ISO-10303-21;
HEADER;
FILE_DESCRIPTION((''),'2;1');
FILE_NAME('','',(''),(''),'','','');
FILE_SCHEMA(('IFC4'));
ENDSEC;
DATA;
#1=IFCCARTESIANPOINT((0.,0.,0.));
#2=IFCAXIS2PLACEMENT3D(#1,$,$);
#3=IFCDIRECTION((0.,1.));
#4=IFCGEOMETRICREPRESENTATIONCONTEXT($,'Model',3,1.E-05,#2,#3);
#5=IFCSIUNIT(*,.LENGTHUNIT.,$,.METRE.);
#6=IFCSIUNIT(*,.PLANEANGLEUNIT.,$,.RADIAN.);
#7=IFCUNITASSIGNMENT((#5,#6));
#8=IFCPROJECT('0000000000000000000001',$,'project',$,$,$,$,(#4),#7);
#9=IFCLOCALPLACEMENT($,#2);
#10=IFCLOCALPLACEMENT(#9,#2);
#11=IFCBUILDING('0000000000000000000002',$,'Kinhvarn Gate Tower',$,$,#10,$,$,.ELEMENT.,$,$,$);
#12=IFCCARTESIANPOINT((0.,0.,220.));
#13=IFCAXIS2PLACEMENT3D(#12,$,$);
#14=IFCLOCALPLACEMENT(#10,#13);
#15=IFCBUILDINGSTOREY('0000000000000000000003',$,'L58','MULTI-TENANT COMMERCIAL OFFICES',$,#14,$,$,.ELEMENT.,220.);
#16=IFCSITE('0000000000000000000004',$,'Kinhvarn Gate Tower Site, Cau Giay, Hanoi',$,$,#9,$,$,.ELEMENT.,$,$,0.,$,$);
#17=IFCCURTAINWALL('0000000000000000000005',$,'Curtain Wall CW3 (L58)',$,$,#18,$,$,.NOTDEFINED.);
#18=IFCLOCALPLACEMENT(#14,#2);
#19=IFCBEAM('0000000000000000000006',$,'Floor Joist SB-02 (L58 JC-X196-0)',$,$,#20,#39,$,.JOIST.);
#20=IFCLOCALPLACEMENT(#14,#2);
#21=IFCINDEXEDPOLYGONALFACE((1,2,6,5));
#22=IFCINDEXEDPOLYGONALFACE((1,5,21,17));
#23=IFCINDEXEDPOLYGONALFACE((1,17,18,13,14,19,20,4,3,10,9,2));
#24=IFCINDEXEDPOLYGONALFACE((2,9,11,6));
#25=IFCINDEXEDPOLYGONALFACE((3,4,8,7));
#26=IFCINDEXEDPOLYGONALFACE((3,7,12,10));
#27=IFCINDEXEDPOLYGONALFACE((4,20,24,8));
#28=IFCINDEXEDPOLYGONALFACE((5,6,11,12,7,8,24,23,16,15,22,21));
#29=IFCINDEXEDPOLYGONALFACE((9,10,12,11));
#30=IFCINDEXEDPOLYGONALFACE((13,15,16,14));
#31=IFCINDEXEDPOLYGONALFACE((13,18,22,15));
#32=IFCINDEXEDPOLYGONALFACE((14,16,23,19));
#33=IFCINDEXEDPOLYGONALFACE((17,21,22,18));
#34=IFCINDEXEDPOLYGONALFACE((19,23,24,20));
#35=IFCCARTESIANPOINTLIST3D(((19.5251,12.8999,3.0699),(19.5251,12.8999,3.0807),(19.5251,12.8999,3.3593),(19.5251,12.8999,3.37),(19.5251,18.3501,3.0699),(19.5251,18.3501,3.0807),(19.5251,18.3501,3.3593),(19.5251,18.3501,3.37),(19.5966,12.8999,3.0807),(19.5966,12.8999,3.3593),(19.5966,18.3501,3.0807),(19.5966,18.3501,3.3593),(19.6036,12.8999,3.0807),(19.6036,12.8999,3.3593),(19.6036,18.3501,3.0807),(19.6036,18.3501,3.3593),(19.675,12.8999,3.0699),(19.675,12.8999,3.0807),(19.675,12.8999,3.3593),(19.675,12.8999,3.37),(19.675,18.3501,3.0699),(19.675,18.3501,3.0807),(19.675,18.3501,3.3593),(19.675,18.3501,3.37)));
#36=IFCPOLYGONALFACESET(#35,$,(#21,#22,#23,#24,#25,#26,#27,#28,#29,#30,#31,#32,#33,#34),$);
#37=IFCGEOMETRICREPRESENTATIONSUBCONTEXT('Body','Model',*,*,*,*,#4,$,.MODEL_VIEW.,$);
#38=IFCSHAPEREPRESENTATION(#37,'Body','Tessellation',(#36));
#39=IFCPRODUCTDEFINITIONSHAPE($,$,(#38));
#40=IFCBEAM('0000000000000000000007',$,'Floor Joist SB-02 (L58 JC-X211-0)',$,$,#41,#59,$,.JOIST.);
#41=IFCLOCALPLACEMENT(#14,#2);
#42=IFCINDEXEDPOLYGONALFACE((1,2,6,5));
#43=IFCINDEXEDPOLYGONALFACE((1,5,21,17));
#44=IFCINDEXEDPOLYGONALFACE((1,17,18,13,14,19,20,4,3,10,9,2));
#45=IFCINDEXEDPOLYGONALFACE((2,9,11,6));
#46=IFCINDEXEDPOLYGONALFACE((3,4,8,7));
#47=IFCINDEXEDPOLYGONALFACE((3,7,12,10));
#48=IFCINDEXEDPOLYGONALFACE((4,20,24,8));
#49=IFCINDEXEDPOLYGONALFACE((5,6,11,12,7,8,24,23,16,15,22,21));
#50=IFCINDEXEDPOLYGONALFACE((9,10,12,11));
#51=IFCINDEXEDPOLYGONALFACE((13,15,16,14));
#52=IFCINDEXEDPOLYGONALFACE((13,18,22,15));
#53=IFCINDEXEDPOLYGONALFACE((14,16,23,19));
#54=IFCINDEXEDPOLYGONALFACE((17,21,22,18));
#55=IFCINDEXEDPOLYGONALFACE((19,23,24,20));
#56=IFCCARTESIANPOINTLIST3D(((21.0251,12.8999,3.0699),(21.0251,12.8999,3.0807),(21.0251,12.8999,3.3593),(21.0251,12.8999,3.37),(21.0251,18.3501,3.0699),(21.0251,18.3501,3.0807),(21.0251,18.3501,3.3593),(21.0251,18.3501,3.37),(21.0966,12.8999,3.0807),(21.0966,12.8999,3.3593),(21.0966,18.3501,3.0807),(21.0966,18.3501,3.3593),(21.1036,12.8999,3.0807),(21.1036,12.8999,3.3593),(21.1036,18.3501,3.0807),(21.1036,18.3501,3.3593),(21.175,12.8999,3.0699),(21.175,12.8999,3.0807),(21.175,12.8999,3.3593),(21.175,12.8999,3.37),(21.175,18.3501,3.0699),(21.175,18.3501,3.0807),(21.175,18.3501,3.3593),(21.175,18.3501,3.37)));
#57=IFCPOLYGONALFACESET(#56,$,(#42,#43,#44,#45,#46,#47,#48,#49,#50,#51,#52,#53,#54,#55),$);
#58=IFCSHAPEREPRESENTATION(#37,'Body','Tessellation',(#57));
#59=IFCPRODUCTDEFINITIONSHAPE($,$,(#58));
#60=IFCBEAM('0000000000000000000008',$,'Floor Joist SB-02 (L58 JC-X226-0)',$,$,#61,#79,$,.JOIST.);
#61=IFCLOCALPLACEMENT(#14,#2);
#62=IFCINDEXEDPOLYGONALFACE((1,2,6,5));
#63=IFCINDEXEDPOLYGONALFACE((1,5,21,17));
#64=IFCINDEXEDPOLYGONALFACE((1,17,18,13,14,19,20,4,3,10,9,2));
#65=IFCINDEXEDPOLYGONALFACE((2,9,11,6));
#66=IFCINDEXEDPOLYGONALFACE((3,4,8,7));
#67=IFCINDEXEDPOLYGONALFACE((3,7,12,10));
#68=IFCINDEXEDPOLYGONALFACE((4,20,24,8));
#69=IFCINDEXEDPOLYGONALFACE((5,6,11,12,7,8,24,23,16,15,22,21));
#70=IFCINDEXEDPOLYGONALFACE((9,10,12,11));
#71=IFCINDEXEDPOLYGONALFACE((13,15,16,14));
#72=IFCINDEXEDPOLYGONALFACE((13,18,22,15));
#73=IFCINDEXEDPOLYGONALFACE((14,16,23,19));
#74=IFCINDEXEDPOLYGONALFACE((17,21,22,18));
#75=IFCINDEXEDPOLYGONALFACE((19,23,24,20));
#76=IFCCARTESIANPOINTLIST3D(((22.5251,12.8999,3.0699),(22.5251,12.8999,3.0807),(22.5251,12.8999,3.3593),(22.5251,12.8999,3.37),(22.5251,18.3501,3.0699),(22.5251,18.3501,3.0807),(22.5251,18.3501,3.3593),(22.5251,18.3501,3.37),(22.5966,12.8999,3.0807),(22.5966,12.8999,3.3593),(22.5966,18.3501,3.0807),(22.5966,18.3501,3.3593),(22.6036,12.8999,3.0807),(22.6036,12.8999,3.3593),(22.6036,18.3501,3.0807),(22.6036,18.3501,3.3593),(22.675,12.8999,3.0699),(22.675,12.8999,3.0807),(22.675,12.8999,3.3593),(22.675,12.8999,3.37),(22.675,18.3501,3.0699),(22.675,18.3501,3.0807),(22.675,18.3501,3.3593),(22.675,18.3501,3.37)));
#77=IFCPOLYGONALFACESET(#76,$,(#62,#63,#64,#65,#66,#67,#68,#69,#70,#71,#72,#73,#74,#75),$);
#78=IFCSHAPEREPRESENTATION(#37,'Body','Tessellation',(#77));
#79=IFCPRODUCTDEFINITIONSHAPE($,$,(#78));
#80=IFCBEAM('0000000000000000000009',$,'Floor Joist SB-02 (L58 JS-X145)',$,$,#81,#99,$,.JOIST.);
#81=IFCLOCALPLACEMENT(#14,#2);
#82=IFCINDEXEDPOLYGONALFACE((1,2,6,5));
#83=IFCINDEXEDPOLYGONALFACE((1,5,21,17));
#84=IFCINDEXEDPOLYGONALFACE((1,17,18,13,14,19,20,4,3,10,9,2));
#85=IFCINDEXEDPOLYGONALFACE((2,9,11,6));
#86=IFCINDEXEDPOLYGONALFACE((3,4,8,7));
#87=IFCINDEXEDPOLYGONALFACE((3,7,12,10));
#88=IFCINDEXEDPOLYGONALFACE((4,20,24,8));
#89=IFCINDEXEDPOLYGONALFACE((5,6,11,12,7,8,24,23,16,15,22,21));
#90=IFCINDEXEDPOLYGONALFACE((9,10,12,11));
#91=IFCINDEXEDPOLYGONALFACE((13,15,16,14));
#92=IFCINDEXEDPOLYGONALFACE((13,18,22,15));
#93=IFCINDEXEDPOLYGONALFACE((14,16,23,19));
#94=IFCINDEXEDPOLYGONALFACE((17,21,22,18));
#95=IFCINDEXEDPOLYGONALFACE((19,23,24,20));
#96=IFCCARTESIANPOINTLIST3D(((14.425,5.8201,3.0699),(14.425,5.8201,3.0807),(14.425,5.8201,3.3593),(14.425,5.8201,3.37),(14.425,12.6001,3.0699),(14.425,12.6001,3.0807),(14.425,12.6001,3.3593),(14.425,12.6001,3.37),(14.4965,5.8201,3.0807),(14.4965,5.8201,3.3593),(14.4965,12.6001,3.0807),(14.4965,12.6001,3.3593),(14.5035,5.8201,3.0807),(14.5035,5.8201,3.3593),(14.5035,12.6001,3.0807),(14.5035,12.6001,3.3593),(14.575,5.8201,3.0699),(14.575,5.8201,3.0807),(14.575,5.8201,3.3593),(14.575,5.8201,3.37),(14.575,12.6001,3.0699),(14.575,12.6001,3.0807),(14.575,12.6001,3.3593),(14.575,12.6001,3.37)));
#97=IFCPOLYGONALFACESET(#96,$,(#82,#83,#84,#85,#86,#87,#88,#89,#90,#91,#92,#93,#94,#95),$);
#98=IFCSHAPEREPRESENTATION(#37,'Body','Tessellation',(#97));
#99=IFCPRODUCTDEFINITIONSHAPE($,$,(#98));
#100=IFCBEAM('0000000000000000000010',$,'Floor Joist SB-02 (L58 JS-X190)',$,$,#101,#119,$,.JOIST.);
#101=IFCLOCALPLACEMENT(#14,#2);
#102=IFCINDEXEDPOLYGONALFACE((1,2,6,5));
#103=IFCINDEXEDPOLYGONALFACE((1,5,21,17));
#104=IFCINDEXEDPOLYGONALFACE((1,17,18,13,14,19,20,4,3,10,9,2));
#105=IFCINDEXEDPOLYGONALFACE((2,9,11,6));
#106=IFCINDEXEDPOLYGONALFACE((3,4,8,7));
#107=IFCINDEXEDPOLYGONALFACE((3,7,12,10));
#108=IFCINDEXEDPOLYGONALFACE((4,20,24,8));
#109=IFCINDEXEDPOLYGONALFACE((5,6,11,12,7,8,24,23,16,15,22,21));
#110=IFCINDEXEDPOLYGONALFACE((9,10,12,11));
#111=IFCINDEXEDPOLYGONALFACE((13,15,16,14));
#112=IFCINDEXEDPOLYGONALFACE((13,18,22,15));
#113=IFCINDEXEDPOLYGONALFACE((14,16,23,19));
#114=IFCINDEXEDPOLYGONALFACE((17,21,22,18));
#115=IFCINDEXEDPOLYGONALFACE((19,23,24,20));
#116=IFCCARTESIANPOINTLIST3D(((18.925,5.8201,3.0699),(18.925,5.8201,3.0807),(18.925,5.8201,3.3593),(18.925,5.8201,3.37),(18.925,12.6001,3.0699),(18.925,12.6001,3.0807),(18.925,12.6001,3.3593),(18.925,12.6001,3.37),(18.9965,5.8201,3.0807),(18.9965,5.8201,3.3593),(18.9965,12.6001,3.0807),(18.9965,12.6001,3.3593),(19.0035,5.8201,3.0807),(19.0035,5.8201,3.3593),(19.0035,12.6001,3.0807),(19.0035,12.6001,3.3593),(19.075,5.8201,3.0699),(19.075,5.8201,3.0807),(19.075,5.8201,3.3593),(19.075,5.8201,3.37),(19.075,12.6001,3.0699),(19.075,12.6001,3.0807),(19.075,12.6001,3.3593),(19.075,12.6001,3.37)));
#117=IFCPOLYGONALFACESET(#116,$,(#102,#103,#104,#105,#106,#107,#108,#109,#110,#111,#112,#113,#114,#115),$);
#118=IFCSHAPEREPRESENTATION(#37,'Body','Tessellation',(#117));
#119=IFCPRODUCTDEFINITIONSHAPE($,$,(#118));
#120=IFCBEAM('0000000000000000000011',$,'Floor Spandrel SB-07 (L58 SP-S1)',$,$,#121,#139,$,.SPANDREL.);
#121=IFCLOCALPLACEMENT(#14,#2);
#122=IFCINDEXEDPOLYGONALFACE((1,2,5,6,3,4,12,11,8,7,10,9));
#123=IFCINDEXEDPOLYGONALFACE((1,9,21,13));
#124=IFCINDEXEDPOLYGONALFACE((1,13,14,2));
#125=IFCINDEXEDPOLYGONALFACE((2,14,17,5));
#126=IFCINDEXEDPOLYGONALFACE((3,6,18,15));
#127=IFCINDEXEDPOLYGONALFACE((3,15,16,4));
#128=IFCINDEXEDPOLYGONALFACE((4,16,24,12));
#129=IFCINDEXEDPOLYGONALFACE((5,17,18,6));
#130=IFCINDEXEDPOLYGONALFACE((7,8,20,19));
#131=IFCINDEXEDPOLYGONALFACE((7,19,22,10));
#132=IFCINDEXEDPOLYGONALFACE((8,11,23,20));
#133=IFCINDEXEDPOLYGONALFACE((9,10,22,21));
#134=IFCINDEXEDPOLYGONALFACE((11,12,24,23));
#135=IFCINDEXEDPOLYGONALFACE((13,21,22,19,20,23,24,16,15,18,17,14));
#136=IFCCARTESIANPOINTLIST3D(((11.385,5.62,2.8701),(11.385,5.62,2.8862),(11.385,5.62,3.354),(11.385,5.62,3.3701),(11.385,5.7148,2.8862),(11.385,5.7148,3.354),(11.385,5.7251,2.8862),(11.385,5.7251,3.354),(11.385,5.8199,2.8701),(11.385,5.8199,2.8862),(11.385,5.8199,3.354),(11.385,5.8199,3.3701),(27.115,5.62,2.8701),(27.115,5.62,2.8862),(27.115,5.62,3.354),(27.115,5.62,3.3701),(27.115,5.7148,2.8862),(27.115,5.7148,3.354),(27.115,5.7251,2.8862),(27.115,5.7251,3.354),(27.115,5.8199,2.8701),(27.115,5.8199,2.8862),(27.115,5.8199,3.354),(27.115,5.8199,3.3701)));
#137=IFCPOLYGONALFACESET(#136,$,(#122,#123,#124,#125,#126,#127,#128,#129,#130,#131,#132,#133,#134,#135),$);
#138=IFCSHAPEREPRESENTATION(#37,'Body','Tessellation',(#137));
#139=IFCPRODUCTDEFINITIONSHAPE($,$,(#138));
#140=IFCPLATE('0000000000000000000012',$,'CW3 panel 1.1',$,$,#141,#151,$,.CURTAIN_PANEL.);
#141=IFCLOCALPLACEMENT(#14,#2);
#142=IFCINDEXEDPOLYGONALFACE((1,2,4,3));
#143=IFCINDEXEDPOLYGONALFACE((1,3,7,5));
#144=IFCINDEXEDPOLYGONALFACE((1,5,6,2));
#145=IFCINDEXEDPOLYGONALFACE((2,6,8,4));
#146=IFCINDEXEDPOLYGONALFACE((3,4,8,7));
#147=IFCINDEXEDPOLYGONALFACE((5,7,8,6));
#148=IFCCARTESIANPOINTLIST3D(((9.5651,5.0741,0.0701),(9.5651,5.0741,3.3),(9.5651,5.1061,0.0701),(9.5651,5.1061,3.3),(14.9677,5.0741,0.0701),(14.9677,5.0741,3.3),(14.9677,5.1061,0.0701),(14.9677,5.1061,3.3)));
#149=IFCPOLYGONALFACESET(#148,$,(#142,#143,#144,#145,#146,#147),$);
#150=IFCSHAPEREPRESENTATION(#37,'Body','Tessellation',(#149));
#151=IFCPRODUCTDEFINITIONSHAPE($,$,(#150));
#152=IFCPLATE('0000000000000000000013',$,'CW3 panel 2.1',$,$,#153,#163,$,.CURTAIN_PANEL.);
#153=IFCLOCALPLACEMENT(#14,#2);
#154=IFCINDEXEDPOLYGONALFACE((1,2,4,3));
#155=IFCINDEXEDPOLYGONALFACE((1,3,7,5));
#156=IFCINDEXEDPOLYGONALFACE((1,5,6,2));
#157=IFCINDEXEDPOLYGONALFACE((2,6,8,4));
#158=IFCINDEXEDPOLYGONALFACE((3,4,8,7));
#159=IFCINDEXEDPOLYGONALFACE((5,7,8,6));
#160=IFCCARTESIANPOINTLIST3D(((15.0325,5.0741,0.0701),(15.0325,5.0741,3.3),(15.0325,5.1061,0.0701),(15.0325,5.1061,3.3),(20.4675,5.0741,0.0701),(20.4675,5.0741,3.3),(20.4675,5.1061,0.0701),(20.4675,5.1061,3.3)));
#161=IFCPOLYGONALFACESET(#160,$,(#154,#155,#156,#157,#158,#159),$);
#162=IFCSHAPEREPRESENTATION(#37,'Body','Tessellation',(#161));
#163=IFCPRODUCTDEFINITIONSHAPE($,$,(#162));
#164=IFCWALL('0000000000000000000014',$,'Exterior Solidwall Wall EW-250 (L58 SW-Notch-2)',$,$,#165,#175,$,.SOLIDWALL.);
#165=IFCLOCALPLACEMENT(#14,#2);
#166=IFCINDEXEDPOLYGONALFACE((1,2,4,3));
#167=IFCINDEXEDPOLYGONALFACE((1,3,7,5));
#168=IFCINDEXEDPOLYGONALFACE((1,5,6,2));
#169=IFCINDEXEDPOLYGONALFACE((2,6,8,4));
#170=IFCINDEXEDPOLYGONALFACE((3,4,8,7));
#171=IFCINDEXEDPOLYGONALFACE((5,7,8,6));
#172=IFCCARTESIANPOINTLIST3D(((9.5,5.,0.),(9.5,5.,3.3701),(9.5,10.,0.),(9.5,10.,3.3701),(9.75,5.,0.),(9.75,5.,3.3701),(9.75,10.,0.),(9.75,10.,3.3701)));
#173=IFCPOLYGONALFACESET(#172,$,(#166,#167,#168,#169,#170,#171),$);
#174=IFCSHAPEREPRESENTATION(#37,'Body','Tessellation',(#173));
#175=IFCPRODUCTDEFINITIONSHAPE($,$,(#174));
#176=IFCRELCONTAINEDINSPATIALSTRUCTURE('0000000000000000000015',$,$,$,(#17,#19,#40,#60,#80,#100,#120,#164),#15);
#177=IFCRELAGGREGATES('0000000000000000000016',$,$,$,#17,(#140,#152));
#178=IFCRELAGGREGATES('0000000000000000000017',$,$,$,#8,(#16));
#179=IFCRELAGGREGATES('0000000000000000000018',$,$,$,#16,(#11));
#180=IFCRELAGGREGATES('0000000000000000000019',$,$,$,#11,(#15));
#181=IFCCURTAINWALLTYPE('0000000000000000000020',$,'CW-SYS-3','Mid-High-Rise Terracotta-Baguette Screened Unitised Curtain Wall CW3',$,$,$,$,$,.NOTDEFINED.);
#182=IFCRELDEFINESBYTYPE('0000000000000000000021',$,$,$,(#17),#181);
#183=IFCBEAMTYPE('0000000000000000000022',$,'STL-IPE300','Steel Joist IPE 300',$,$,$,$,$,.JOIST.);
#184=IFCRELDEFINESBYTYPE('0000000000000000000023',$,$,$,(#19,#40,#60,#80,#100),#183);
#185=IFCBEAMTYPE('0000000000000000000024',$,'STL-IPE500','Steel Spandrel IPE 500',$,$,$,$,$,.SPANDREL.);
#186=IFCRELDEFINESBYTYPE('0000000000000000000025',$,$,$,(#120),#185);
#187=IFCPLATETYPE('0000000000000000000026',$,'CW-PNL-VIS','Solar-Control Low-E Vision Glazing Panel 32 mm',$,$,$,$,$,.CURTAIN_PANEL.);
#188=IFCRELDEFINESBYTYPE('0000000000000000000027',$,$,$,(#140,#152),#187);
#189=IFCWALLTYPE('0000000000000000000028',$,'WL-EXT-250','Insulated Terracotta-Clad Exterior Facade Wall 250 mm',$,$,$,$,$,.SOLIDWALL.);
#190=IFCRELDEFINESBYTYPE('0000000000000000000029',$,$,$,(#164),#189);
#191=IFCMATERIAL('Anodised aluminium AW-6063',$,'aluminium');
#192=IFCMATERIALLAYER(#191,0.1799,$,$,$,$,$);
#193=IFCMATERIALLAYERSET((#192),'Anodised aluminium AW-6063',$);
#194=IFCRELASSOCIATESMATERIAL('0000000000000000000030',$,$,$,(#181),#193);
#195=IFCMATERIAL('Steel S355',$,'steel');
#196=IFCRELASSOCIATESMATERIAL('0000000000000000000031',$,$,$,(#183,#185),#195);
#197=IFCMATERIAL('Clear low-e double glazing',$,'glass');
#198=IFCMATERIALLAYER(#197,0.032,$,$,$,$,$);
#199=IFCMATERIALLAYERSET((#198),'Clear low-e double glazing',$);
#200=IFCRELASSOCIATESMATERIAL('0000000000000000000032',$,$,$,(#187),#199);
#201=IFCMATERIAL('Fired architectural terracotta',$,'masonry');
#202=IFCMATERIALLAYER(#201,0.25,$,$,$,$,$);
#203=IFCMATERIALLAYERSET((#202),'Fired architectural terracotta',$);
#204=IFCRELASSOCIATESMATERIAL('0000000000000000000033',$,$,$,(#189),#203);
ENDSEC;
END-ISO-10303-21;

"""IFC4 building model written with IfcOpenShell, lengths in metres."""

from ifc_helpers import new_model, si_unit, direction, frame, frame_2d, origin, origin_2d, place, context, subcontext, project, spatial, rectangle, i_section, extrude, material, layer, layer_set, material_profile, profile_set, type_object, element, aggregate, save


model = new_model("IFC4")

# Units and contexts
model_context = context("Model", 3, precision=1e-05, world=origin(), true_north=direction((0.0, 1.0)))
body_context = subcontext(model_context, "Body", "Model", "MODEL_VIEW")
ifc_project = project(units=[si_unit("LENGTHUNIT", "METRE"), si_unit("PLANEANGLEUNIT", "RADIAN")], contexts=[model_context])

# Site, building, storey
site_placement = place(None, origin())
site = spatial("IfcSite", under=ifc_project, at=site_placement, Name="Kinhvarn Gate Tower Site, Cau Giay, Hanoi", CompositionType="ELEMENT", RefElevation=0.0)
building_placement = place(site_placement, origin())
building = spatial("IfcBuilding", under=site, at=building_placement, Name="Kinhvarn Gate Tower", CompositionType="ELEMENT")
storey_placement = place(building_placement, frame((0.0, 0.0, 220.0)))
storey = spatial("IfcBuildingStorey", under=building, at=storey_placement, Name="L58", Description="MULTI-TENANT COMMERCIAL OFFICES", CompositionType="ELEMENT", Elevation=220.0)

# Curtain wall
ifc_material_1 = material(Name="Anodised aluminium AW-6063", Category="aluminium")
ifc_layer_1 = layer(ifc_material_1, 0.1799)
ifc_layer_set_1 = layer_set([ifc_layer_1], Name="Anodised aluminium AW-6063")
curtain_wall_type = type_object("IfcCurtainWallType", Name="CW-SYS-3", Description="Mid-High-Rise Terracotta-Baguette Screened Unitised Curtain Wall CW3", PredefinedType="NOTDEFINED", material=ifc_layer_set_1)
curtain_wall_placement = place(storey_placement, origin())
curtain_wall = element("IfcCurtainWall", 1, at=curtain_wall_placement, inside=storey, type_object=curtain_wall_type, Name="Curtain Wall CW3 (L58)", PredefinedType="NOTDEFINED")

# Beams
ifc_material_2 = material(Name="Steel S355", Category="steel")
ifc_material_profile_1 = material_profile(ifc_material_2, i_section(OverallWidth=0.1499, OverallDepth=0.3, WebThickness=0.0071, FlangeThickness=0.0107, at=origin_2d()), Name="IPE 300")
ifc_profile_set_1 = profile_set([ifc_material_profile_1], Name="Steel S355")
beam_type_1 = type_object("IfcBeamType", Name="STL-IPE300", Description="Steel Joist IPE 300", PredefinedType="JOIST", material=ifc_profile_set_1)
for number, where, z_axis, x_axis, name in (
    (2, (19.6001, 12.8999, 3.22), (0.0, 1.0, 0.0), (-1.0, 0.0, 0.0), "Floor Joist SB-02 (L58 JC-X196-0)"),
    (3, (21.1001, 12.8999, 3.22), (0.0, 1.0, 0.0), (-1.0, 0.0, 0.0), "Floor Joist SB-02 (L58 JC-X211-0)"),
    (4, (22.6001, 12.8999, 3.22), (0.0, 1.0, 0.0), (-1.0, 0.0, 0.0), "Floor Joist SB-02 (L58 JC-X226-0)"),
):
    element("IfcBeam", number, at=place(storey_placement, frame(where, z_axis=z_axis, x_axis=x_axis)), inside=storey, type_object=beam_type_1, Name=name, PredefinedType="JOIST", context=body_context, shape_type="SweptSolid", body=[
        extrude(i_section(OverallWidth=0.1499, OverallDepth=0.3, WebThickness=0.0071, FlangeThickness=0.0107, at=origin_2d()), origin(), (0.0, 0.0, 1.0), 5.4502),
    ])
for number, where, z_axis, x_axis, name in (
    (5, (14.5, 5.8201, 3.22), (0.0, 1.0, 0.0), (-1.0, 0.0, 0.0), "Floor Joist SB-02 (L58 JS-X145)"),
    (6, (19.0, 5.8201, 3.22), (0.0, 1.0, 0.0), (-1.0, 0.0, 0.0), "Floor Joist SB-02 (L58 JS-X190)"),
):
    element("IfcBeam", number, at=place(storey_placement, frame(where, z_axis=z_axis, x_axis=x_axis)), inside=storey, type_object=beam_type_1, Name=name, PredefinedType="JOIST", context=body_context, shape_type="SweptSolid", body=[
        extrude(i_section(OverallWidth=0.1499, OverallDepth=0.3, WebThickness=0.0071, FlangeThickness=0.0107, at=origin_2d()), origin(), (0.0, 0.0, 1.0), 6.78),
    ])
ifc_material_profile_2 = material_profile(ifc_material_2, i_section(OverallWidth=0.2, OverallDepth=0.5, WebThickness=0.0103, FlangeThickness=0.0161, at=origin_2d()), Name="IPE 500")
ifc_profile_set_2 = profile_set([ifc_material_profile_2], Name="Steel S355")
beam_type_2 = type_object("IfcBeamType", Name="STL-IPE500", Description="Steel Spandrel IPE 500", PredefinedType="SPANDREL", material=ifc_profile_set_2)
beam_1_placement = place(storey_placement, frame((11.385, 5.72, 3.1201), z_axis=(1.0, 0.0, 0.0), x_axis=(0.0, 1.0, 0.0)))
element("IfcBeam", 7, at=beam_1_placement, inside=storey, type_object=beam_type_2, Name="Floor Spandrel SB-07 (L58 SP-S1)", PredefinedType="SPANDREL", context=body_context, shape_type="SweptSolid", body=[
    extrude(i_section(OverallWidth=0.2, OverallDepth=0.5, WebThickness=0.0103, FlangeThickness=0.0161, at=origin_2d()), origin(), (0.0, 0.0, 1.0), 15.73),
])

# Plates
ifc_material_3 = material(Name="Clear low-e double glazing", Category="glass")
ifc_layer_2 = layer(ifc_material_3, 0.032)
ifc_layer_set_2 = layer_set([ifc_layer_2], Name="Clear low-e double glazing")
plate_type = type_object("IfcPlateType", Name="CW-PNL-VIS", Description="Solar-Control Low-E Vision Glazing Panel 32 mm", PredefinedType="CURTAIN_PANEL", material=ifc_layer_set_2)
plate_1_placement = place(storey_placement, frame((12.2664, 5.0901, 0.0701), z_axis=(0.0, 0.0, 1.0), x_axis=(1.0, 0.0, 0.0)))
plate_1 = element("IfcPlate", 8, at=plate_1_placement, type_object=plate_type, Name="CW3 panel 1.1", PredefinedType="CURTAIN_PANEL", context=body_context, shape_type="SweptSolid", body=[
    extrude(rectangle(XDim=5.4026, YDim=0.032, at=origin_2d()), origin(), (0.0, 0.0, 1.0), 3.23),
])
plate_2_placement = place(storey_placement, frame((17.75, 5.0901, 0.0701), z_axis=(0.0, 0.0, 1.0), x_axis=(1.0, 0.0, 0.0)))
plate_2 = element("IfcPlate", 9, at=plate_2_placement, type_object=plate_type, Name="CW3 panel 2.1", PredefinedType="CURTAIN_PANEL", context=body_context, shape_type="SweptSolid", body=[
    extrude(rectangle(XDim=5.4351, YDim=0.032, at=origin_2d()), origin(), (0.0, 0.0, 1.0), 3.23),
])
aggregate(curtain_wall, [plate_1, plate_2])

# Wall
ifc_material_4 = material(Name="Fired architectural terracotta", Category="masonry")
ifc_layer_3 = layer(ifc_material_4, 0.25)
ifc_layer_set_3 = layer_set([ifc_layer_3], Name="Fired architectural terracotta")
wall_type_1 = type_object("IfcWallType", Name="WL-EXT-250", Description="Insulated Terracotta-Clad Exterior Facade Wall 250 mm", PredefinedType="SOLIDWALL", material=ifc_layer_set_3)
wall_1_placement = place(storey_placement, frame((9.625, 10.0, 0.0), z_axis=(0.0, 0.0, 1.0), x_axis=(0.0, -1.0, 0.0)))
element("IfcWall", 10, at=wall_1_placement, inside=storey, type_object=wall_type_1, Name="Exterior Solidwall Wall EW-250 (L58 SW-Notch-2)", PredefinedType="SOLIDWALL", context=body_context, shape_type="SweptSolid", body=[
    extrude(rectangle(XDim=5.0, YDim=0.25, at=frame_2d((2.5, 0.0))), origin(), (0.0, 0.0, 1.0), 3.3701),
])

save(model, "model.ifc")
